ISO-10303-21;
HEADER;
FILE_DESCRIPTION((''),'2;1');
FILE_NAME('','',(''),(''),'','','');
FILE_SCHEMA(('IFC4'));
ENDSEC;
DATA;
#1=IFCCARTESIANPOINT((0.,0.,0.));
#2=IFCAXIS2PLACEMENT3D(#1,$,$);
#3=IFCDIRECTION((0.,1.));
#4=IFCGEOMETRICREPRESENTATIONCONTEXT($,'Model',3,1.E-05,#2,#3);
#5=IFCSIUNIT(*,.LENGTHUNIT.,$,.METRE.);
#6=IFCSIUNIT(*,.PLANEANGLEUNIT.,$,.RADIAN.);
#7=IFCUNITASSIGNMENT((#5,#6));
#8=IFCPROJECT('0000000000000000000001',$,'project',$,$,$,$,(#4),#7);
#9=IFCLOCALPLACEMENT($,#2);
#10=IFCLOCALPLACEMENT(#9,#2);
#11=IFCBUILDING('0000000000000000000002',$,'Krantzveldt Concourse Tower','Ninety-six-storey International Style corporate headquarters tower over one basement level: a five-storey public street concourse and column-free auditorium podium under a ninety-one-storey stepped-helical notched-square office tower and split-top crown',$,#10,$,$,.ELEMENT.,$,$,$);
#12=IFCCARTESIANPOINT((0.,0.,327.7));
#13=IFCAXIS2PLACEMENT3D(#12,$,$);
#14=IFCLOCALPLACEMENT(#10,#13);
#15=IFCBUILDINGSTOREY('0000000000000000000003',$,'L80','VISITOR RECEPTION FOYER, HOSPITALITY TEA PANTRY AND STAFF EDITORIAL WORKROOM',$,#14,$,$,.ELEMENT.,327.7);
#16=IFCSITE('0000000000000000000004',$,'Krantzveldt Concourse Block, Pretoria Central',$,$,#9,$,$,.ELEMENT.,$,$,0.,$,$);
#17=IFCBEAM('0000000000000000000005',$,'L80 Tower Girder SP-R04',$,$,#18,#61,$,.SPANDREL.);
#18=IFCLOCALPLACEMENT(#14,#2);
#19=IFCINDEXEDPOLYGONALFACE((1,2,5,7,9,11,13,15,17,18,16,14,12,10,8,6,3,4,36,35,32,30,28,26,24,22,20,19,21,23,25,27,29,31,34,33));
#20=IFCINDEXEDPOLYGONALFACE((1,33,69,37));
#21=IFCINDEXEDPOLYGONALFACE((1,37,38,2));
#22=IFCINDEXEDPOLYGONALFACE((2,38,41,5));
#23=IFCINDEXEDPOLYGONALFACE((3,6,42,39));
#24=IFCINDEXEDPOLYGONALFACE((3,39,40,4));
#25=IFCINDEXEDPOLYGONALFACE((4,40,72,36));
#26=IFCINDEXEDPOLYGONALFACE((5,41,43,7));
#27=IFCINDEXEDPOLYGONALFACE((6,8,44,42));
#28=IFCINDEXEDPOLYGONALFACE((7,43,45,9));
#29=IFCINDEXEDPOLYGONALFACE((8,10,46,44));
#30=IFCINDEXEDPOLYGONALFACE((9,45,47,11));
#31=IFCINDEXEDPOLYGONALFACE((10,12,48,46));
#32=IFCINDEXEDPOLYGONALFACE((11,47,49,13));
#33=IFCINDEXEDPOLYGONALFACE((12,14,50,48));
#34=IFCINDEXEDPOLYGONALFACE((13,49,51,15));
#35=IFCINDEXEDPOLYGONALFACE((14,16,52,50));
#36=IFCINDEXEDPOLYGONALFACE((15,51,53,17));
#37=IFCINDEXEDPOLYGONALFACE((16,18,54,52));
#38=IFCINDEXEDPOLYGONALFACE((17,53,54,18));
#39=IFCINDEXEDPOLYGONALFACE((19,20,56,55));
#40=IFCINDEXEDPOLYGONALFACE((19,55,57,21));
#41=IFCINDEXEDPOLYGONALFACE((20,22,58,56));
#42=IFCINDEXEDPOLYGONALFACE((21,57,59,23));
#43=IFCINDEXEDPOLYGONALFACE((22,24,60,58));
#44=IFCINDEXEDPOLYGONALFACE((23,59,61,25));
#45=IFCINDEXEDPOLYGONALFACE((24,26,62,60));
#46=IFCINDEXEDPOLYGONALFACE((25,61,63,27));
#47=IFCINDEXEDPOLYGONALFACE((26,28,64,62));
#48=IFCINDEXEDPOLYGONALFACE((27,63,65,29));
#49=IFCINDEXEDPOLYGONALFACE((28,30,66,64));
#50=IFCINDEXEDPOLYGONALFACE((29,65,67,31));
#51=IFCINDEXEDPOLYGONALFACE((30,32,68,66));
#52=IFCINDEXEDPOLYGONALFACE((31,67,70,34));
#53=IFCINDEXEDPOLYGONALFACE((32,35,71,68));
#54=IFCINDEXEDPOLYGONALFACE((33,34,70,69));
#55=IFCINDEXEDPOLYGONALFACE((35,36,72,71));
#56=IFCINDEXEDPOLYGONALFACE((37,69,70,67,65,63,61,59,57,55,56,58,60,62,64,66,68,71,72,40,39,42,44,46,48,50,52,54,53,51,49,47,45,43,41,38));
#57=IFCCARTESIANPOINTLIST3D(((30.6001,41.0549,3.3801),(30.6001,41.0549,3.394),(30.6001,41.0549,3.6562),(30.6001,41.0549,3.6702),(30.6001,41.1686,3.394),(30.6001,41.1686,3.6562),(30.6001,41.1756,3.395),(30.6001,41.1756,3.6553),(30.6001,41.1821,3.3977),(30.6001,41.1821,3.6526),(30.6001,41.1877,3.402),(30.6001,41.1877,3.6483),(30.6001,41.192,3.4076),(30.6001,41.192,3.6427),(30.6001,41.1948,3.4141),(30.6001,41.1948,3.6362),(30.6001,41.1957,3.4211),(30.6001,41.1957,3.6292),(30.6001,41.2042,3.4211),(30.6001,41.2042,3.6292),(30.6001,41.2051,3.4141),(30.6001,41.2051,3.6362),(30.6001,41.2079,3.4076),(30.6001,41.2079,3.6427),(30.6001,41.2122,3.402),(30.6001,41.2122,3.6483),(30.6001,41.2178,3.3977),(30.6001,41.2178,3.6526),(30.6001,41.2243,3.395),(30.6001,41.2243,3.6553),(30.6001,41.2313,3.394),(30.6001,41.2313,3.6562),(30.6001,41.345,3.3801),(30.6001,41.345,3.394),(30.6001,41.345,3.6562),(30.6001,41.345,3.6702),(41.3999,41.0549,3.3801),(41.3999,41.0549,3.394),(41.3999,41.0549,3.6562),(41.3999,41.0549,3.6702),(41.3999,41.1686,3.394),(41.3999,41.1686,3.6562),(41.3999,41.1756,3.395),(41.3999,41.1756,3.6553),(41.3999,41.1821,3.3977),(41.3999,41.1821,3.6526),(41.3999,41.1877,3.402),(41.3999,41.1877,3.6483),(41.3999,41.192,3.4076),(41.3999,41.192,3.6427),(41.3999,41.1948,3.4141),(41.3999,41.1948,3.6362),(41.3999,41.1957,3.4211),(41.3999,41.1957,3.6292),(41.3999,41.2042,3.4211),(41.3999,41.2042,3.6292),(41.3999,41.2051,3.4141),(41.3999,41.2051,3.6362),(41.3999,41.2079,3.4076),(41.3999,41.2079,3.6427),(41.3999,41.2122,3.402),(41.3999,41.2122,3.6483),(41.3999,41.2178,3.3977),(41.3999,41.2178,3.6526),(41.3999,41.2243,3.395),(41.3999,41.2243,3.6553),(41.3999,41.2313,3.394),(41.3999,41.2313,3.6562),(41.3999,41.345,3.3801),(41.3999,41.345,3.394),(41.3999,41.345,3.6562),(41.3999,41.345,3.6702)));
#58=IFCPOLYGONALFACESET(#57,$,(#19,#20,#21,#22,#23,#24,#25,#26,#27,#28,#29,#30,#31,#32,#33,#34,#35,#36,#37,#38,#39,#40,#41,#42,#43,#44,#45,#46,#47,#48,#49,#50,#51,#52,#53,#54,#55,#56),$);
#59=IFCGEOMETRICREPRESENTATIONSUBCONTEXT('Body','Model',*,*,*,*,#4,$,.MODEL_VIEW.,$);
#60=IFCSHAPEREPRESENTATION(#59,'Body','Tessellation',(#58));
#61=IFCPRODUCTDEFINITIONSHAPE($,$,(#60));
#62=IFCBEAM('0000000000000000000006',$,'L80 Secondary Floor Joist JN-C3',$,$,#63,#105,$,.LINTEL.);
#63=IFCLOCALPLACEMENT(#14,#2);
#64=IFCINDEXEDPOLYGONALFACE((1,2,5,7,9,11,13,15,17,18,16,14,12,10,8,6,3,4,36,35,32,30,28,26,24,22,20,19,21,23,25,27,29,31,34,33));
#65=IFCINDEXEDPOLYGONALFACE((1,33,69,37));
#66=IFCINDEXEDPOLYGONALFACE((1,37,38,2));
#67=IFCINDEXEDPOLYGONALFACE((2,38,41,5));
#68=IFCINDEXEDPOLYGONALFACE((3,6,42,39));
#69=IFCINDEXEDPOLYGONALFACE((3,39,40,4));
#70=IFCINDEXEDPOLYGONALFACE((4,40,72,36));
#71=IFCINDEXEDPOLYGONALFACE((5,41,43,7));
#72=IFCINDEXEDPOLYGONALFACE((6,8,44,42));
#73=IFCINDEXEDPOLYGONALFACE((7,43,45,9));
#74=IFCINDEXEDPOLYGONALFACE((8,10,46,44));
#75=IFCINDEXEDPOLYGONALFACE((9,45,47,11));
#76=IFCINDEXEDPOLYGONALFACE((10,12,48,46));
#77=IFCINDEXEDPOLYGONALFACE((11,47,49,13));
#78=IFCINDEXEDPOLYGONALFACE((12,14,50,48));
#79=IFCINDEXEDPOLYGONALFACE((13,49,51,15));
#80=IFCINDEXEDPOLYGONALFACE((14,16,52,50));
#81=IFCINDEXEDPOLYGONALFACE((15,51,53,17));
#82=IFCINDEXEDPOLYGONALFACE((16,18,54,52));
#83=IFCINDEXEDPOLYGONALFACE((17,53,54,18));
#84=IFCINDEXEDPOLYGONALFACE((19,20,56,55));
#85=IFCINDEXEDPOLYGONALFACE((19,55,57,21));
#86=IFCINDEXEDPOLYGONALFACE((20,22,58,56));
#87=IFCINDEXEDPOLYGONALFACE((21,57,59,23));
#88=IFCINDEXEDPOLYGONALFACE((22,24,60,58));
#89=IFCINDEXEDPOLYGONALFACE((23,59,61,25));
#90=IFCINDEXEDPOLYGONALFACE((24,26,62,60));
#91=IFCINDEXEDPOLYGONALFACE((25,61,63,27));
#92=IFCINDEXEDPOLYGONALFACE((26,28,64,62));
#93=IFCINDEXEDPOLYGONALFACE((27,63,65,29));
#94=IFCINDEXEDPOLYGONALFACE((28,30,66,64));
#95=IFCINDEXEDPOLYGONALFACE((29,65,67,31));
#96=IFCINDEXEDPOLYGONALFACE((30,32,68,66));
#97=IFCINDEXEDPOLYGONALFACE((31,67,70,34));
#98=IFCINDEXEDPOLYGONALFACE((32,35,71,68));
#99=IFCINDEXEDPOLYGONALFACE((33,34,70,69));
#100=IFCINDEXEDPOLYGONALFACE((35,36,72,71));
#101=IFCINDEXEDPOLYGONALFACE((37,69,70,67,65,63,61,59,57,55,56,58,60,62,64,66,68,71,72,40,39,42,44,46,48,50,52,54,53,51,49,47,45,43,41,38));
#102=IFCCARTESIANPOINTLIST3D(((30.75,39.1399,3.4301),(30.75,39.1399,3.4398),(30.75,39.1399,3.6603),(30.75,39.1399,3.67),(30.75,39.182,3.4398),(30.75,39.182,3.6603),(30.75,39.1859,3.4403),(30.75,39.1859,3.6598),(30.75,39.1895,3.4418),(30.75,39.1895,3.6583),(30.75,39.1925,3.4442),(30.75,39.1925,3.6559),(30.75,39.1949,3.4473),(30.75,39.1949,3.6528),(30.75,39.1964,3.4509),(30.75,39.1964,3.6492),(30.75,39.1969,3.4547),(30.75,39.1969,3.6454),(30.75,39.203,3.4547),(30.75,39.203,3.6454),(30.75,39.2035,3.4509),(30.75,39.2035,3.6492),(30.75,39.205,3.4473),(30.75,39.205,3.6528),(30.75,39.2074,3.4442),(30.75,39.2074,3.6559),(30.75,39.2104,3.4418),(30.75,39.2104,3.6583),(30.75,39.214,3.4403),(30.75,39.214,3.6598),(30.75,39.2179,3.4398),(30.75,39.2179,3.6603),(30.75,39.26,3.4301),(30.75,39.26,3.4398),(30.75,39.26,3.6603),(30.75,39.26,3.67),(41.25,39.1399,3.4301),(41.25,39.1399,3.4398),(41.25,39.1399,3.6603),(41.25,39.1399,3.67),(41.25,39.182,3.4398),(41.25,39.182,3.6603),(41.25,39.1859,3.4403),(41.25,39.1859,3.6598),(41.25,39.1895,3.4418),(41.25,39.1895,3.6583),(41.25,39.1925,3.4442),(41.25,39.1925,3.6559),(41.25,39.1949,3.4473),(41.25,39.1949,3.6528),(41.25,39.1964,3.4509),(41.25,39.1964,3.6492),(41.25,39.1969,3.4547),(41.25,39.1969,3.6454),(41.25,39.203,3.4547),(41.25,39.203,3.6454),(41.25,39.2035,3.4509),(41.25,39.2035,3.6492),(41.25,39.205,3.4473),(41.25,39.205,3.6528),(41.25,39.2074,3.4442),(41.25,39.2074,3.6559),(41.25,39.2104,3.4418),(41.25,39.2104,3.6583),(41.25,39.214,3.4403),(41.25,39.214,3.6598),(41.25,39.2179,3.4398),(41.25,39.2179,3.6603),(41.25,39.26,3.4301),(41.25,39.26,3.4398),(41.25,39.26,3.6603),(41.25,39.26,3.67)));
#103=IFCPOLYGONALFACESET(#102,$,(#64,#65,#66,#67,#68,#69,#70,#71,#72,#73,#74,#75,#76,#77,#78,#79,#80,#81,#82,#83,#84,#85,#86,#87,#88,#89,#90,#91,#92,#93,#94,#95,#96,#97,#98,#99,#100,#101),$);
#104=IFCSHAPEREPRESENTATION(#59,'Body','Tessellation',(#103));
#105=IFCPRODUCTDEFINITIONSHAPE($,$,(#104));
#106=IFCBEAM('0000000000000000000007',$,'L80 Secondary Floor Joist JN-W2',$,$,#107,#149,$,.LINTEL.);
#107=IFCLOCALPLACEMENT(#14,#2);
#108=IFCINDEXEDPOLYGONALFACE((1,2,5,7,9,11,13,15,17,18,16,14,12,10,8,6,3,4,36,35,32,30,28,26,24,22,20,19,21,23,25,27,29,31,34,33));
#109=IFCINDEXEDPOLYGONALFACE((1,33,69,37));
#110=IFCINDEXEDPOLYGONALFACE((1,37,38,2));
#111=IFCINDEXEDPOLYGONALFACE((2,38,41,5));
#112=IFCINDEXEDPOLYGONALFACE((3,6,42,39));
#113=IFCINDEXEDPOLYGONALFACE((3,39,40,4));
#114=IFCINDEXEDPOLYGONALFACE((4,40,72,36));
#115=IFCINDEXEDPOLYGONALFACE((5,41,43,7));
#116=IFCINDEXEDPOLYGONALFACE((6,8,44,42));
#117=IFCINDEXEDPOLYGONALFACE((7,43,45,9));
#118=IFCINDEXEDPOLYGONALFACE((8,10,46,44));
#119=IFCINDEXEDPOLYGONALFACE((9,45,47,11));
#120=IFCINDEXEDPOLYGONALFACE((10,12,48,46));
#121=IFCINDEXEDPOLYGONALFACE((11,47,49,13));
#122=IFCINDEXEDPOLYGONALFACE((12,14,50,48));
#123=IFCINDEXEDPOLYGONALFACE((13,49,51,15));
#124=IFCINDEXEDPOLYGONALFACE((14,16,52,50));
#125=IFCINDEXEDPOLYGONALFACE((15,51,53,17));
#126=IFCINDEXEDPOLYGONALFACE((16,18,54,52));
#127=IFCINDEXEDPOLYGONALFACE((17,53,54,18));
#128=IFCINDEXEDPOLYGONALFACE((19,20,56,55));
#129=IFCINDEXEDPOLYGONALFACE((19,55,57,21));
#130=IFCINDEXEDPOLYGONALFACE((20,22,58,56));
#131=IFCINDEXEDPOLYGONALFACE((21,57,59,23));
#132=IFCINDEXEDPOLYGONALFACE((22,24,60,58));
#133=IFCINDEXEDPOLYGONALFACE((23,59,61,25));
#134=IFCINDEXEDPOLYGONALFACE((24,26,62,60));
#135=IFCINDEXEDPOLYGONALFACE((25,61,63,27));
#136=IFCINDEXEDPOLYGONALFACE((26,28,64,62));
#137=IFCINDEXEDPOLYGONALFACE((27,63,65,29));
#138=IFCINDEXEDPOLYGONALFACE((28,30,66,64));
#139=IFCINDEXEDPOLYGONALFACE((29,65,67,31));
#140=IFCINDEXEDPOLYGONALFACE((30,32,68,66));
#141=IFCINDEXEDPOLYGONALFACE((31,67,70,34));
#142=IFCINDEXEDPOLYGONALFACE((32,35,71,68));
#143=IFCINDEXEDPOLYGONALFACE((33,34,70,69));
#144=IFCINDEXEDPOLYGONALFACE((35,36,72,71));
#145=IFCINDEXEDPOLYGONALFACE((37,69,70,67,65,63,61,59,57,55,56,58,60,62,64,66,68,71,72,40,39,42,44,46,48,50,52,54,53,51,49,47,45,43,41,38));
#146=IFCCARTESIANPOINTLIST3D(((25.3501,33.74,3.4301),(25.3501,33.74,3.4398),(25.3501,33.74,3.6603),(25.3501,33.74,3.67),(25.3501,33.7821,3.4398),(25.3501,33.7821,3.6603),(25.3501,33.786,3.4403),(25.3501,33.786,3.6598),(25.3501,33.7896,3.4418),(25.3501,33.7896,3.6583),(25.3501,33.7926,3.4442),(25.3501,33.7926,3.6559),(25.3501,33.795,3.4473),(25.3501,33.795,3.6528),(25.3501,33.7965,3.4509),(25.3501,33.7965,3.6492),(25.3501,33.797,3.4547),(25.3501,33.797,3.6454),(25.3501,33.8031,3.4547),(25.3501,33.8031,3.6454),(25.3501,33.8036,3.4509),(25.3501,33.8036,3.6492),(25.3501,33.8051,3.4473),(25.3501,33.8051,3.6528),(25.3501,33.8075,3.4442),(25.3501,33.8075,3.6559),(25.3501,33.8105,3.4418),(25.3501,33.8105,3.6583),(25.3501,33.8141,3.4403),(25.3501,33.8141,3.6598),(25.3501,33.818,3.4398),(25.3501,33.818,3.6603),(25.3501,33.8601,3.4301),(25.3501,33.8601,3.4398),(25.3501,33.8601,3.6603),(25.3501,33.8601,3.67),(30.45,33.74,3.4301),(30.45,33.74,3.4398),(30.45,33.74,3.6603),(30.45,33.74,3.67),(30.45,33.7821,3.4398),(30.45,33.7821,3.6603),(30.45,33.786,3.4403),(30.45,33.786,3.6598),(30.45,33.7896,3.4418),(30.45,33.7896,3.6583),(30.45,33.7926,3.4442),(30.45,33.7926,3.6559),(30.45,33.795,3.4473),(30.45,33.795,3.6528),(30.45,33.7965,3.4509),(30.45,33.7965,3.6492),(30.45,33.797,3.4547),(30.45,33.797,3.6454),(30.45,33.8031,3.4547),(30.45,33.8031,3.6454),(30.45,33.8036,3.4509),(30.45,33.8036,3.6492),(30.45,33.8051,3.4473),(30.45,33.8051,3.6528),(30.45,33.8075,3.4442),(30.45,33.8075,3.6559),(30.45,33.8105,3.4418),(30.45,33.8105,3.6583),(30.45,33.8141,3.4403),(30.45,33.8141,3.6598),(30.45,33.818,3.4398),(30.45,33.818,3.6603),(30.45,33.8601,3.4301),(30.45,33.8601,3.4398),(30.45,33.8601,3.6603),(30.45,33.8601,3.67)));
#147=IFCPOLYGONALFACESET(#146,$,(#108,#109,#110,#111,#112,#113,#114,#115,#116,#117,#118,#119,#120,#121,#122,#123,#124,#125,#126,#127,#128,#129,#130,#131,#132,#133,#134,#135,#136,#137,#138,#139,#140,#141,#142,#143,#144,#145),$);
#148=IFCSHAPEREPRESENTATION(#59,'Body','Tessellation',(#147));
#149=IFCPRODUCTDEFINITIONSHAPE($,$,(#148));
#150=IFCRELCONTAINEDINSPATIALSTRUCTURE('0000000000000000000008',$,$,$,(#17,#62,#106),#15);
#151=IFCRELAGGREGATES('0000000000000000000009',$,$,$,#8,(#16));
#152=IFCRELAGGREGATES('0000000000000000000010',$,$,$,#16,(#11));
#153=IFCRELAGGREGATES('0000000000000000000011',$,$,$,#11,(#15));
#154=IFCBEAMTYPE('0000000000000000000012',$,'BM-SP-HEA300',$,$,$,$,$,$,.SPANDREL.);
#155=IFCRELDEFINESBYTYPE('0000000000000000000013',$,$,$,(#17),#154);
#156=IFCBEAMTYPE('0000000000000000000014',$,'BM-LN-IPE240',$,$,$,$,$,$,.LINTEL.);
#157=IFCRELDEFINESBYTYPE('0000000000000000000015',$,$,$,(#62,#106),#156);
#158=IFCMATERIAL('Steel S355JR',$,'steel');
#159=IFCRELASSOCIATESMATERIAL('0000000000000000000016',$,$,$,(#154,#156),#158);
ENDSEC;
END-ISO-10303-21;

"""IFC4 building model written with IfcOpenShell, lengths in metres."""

from ifc_helpers import new_model, si_unit, direction, frame, origin, origin_2d, place, context, subcontext, project, spatial, i_section, extrude, source, transform, mapped, material, material_profile, profile_set, type_object, type_shapes, element, save


model = new_model("IFC4")

# Units and contexts
model_context = context("Model", 3, precision=1e-05, world=origin(), true_north=direction((0.0, 1.0)))
body_context = subcontext(model_context, "Body", "Model", "MODEL_VIEW")
ifc_project = project(units=[si_unit("LENGTHUNIT", "METRE"), si_unit("PLANEANGLEUNIT", "RADIAN")], contexts=[model_context])

# Site, building, storey
site_placement = place(None, origin())
site = spatial("IfcSite", under=ifc_project, at=site_placement, Name="Krantzveldt Concourse Block, Pretoria Central", CompositionType="ELEMENT", RefElevation=0.0)
building_placement = place(site_placement, origin())
building = spatial("IfcBuilding", under=site, at=building_placement, Name="Krantzveldt Concourse Tower", Description="Ninety-six-storey International Style corporate headquarters tower over one basement level: a five-storey public street concourse and column-free auditorium podium under a ninety-one-storey stepped-helical notched-square office tower and split-top crown", CompositionType="ELEMENT")
storey_placement = place(building_placement, frame((0.0, 0.0, 327.7)))
storey = spatial("IfcBuildingStorey", under=building, at=storey_placement, Name="L80", Description="VISITOR RECEPTION FOYER, HOSPITALITY TEA PANTRY AND STAFF EDITORIAL WORKROOM", CompositionType="ELEMENT", Elevation=327.7)

# Beams
ifc_material_1 = material(Name="Steel S355JR", Category="steel")
ifc_material_profile_1 = material_profile(ifc_material_1, i_section(OverallWidth=0.29, OverallDepth=0.29, WebThickness=0.0085, FlangeThickness=0.0139, FilletRadius=0.0271, at=origin_2d()), Name="Steel S355JR", Category="steel")
ifc_profile_set_1 = profile_set([ifc_material_profile_1], Name="Steel S355JR - HEA 300")
beam_type_1 = type_object("IfcBeamType", Name="BM-SP-HEA300", PredefinedType="SPANDREL", material=ifc_profile_set_1)
shared_shape_1 = source(origin(), body_context, "Body", "SweptSolid", [
    extrude(i_section(OverallWidth=0.29, OverallDepth=0.29, WebThickness=0.0085, FlangeThickness=0.0139, FilletRadius=0.0271, at=origin_2d()), origin(), (0.0, 0.0, 1.0), 10.7998),
])
beam_1_placement = place(storey_placement, frame((30.6001, 41.2, 3.5251), z_axis=(1.0, 0.0, 0.0), x_axis=(0.0, 1.0, 0.0)))
element("IfcBeam", 1, at=beam_1_placement, inside=storey, type_object=beam_type_1, Name="L80 Tower Girder SP-R04", PredefinedType="SPANDREL", context=body_context, shape_type="MappedRepresentation", body=[
    mapped(shared_shape_1, transform((0.0, 0.0, 0.0), x_axis=(1.0, 0.0, 0.0), y_axis=(0.0, 1.0, 0.0), z_axis=(0.0, 0.0, 1.0), scale=1.0)),
])
ifc_material_profile_2 = material_profile(ifc_material_1, i_section(OverallWidth=0.1201, OverallDepth=0.24, WebThickness=0.0061, FlangeThickness=0.0098, FilletRadius=0.0149, at=origin_2d()), Name="Steel S355JR", Category="steel")
ifc_profile_set_2 = profile_set([ifc_material_profile_2], Name="Steel S355JR - IPE 240")
beam_type_2 = type_object("IfcBeamType", Name="BM-LN-IPE240", PredefinedType="LINTEL", material=ifc_profile_set_2)
shared_shape_2 = source(origin(), body_context, "Body", "SweptSolid", [
    extrude(i_section(OverallWidth=0.1201, OverallDepth=0.24, WebThickness=0.0061, FlangeThickness=0.0098, FilletRadius=0.0149, at=origin_2d()), origin(), (0.0, 0.0, 1.0), 10.5),
])
beam_2_placement = place(storey_placement, frame((30.75, 39.2, 3.55), z_axis=(1.0, 0.0, 0.0), x_axis=(0.0, 1.0, 0.0)))
element("IfcBeam", 2, at=beam_2_placement, inside=storey, type_object=beam_type_2, Name="L80 Secondary Floor Joist JN-C3", PredefinedType="LINTEL", context=body_context, shape_type="MappedRepresentation", body=[
    mapped(shared_shape_2, transform((0.0, 0.0, 0.0), x_axis=(1.0, 0.0, 0.0), y_axis=(0.0, 1.0, 0.0), z_axis=(0.0, 0.0, 1.0), scale=1.0)),
])
shared_shape_3 = source(origin(), body_context, "Body", "SweptSolid", [
    extrude(i_section(OverallWidth=0.1201, OverallDepth=0.24, WebThickness=0.0061, FlangeThickness=0.0098, FilletRadius=0.0149, at=origin_2d()), origin(), (0.0, 0.0, 1.0), 5.0999),
])
type_shapes(beam_type_2, [shared_shape_2, shared_shape_3])
beam_3_placement = place(storey_placement, frame((25.3501, 33.8, 3.55), z_axis=(1.0, 0.0, 0.0), x_axis=(0.0, 1.0, 0.0)))
element("IfcBeam", 3, at=beam_3_placement, inside=storey, type_object=beam_type_2, Name="L80 Secondary Floor Joist JN-W2", PredefinedType="LINTEL", context=body_context, shape_type="MappedRepresentation", body=[
    mapped(shared_shape_3, transform((0.0, 0.0, 0.0), x_axis=(1.0, 0.0, 0.0), y_axis=(0.0, 1.0, 0.0), z_axis=(0.0, 0.0, 1.0), scale=1.0)),
])

save(model, "model.ifc")
